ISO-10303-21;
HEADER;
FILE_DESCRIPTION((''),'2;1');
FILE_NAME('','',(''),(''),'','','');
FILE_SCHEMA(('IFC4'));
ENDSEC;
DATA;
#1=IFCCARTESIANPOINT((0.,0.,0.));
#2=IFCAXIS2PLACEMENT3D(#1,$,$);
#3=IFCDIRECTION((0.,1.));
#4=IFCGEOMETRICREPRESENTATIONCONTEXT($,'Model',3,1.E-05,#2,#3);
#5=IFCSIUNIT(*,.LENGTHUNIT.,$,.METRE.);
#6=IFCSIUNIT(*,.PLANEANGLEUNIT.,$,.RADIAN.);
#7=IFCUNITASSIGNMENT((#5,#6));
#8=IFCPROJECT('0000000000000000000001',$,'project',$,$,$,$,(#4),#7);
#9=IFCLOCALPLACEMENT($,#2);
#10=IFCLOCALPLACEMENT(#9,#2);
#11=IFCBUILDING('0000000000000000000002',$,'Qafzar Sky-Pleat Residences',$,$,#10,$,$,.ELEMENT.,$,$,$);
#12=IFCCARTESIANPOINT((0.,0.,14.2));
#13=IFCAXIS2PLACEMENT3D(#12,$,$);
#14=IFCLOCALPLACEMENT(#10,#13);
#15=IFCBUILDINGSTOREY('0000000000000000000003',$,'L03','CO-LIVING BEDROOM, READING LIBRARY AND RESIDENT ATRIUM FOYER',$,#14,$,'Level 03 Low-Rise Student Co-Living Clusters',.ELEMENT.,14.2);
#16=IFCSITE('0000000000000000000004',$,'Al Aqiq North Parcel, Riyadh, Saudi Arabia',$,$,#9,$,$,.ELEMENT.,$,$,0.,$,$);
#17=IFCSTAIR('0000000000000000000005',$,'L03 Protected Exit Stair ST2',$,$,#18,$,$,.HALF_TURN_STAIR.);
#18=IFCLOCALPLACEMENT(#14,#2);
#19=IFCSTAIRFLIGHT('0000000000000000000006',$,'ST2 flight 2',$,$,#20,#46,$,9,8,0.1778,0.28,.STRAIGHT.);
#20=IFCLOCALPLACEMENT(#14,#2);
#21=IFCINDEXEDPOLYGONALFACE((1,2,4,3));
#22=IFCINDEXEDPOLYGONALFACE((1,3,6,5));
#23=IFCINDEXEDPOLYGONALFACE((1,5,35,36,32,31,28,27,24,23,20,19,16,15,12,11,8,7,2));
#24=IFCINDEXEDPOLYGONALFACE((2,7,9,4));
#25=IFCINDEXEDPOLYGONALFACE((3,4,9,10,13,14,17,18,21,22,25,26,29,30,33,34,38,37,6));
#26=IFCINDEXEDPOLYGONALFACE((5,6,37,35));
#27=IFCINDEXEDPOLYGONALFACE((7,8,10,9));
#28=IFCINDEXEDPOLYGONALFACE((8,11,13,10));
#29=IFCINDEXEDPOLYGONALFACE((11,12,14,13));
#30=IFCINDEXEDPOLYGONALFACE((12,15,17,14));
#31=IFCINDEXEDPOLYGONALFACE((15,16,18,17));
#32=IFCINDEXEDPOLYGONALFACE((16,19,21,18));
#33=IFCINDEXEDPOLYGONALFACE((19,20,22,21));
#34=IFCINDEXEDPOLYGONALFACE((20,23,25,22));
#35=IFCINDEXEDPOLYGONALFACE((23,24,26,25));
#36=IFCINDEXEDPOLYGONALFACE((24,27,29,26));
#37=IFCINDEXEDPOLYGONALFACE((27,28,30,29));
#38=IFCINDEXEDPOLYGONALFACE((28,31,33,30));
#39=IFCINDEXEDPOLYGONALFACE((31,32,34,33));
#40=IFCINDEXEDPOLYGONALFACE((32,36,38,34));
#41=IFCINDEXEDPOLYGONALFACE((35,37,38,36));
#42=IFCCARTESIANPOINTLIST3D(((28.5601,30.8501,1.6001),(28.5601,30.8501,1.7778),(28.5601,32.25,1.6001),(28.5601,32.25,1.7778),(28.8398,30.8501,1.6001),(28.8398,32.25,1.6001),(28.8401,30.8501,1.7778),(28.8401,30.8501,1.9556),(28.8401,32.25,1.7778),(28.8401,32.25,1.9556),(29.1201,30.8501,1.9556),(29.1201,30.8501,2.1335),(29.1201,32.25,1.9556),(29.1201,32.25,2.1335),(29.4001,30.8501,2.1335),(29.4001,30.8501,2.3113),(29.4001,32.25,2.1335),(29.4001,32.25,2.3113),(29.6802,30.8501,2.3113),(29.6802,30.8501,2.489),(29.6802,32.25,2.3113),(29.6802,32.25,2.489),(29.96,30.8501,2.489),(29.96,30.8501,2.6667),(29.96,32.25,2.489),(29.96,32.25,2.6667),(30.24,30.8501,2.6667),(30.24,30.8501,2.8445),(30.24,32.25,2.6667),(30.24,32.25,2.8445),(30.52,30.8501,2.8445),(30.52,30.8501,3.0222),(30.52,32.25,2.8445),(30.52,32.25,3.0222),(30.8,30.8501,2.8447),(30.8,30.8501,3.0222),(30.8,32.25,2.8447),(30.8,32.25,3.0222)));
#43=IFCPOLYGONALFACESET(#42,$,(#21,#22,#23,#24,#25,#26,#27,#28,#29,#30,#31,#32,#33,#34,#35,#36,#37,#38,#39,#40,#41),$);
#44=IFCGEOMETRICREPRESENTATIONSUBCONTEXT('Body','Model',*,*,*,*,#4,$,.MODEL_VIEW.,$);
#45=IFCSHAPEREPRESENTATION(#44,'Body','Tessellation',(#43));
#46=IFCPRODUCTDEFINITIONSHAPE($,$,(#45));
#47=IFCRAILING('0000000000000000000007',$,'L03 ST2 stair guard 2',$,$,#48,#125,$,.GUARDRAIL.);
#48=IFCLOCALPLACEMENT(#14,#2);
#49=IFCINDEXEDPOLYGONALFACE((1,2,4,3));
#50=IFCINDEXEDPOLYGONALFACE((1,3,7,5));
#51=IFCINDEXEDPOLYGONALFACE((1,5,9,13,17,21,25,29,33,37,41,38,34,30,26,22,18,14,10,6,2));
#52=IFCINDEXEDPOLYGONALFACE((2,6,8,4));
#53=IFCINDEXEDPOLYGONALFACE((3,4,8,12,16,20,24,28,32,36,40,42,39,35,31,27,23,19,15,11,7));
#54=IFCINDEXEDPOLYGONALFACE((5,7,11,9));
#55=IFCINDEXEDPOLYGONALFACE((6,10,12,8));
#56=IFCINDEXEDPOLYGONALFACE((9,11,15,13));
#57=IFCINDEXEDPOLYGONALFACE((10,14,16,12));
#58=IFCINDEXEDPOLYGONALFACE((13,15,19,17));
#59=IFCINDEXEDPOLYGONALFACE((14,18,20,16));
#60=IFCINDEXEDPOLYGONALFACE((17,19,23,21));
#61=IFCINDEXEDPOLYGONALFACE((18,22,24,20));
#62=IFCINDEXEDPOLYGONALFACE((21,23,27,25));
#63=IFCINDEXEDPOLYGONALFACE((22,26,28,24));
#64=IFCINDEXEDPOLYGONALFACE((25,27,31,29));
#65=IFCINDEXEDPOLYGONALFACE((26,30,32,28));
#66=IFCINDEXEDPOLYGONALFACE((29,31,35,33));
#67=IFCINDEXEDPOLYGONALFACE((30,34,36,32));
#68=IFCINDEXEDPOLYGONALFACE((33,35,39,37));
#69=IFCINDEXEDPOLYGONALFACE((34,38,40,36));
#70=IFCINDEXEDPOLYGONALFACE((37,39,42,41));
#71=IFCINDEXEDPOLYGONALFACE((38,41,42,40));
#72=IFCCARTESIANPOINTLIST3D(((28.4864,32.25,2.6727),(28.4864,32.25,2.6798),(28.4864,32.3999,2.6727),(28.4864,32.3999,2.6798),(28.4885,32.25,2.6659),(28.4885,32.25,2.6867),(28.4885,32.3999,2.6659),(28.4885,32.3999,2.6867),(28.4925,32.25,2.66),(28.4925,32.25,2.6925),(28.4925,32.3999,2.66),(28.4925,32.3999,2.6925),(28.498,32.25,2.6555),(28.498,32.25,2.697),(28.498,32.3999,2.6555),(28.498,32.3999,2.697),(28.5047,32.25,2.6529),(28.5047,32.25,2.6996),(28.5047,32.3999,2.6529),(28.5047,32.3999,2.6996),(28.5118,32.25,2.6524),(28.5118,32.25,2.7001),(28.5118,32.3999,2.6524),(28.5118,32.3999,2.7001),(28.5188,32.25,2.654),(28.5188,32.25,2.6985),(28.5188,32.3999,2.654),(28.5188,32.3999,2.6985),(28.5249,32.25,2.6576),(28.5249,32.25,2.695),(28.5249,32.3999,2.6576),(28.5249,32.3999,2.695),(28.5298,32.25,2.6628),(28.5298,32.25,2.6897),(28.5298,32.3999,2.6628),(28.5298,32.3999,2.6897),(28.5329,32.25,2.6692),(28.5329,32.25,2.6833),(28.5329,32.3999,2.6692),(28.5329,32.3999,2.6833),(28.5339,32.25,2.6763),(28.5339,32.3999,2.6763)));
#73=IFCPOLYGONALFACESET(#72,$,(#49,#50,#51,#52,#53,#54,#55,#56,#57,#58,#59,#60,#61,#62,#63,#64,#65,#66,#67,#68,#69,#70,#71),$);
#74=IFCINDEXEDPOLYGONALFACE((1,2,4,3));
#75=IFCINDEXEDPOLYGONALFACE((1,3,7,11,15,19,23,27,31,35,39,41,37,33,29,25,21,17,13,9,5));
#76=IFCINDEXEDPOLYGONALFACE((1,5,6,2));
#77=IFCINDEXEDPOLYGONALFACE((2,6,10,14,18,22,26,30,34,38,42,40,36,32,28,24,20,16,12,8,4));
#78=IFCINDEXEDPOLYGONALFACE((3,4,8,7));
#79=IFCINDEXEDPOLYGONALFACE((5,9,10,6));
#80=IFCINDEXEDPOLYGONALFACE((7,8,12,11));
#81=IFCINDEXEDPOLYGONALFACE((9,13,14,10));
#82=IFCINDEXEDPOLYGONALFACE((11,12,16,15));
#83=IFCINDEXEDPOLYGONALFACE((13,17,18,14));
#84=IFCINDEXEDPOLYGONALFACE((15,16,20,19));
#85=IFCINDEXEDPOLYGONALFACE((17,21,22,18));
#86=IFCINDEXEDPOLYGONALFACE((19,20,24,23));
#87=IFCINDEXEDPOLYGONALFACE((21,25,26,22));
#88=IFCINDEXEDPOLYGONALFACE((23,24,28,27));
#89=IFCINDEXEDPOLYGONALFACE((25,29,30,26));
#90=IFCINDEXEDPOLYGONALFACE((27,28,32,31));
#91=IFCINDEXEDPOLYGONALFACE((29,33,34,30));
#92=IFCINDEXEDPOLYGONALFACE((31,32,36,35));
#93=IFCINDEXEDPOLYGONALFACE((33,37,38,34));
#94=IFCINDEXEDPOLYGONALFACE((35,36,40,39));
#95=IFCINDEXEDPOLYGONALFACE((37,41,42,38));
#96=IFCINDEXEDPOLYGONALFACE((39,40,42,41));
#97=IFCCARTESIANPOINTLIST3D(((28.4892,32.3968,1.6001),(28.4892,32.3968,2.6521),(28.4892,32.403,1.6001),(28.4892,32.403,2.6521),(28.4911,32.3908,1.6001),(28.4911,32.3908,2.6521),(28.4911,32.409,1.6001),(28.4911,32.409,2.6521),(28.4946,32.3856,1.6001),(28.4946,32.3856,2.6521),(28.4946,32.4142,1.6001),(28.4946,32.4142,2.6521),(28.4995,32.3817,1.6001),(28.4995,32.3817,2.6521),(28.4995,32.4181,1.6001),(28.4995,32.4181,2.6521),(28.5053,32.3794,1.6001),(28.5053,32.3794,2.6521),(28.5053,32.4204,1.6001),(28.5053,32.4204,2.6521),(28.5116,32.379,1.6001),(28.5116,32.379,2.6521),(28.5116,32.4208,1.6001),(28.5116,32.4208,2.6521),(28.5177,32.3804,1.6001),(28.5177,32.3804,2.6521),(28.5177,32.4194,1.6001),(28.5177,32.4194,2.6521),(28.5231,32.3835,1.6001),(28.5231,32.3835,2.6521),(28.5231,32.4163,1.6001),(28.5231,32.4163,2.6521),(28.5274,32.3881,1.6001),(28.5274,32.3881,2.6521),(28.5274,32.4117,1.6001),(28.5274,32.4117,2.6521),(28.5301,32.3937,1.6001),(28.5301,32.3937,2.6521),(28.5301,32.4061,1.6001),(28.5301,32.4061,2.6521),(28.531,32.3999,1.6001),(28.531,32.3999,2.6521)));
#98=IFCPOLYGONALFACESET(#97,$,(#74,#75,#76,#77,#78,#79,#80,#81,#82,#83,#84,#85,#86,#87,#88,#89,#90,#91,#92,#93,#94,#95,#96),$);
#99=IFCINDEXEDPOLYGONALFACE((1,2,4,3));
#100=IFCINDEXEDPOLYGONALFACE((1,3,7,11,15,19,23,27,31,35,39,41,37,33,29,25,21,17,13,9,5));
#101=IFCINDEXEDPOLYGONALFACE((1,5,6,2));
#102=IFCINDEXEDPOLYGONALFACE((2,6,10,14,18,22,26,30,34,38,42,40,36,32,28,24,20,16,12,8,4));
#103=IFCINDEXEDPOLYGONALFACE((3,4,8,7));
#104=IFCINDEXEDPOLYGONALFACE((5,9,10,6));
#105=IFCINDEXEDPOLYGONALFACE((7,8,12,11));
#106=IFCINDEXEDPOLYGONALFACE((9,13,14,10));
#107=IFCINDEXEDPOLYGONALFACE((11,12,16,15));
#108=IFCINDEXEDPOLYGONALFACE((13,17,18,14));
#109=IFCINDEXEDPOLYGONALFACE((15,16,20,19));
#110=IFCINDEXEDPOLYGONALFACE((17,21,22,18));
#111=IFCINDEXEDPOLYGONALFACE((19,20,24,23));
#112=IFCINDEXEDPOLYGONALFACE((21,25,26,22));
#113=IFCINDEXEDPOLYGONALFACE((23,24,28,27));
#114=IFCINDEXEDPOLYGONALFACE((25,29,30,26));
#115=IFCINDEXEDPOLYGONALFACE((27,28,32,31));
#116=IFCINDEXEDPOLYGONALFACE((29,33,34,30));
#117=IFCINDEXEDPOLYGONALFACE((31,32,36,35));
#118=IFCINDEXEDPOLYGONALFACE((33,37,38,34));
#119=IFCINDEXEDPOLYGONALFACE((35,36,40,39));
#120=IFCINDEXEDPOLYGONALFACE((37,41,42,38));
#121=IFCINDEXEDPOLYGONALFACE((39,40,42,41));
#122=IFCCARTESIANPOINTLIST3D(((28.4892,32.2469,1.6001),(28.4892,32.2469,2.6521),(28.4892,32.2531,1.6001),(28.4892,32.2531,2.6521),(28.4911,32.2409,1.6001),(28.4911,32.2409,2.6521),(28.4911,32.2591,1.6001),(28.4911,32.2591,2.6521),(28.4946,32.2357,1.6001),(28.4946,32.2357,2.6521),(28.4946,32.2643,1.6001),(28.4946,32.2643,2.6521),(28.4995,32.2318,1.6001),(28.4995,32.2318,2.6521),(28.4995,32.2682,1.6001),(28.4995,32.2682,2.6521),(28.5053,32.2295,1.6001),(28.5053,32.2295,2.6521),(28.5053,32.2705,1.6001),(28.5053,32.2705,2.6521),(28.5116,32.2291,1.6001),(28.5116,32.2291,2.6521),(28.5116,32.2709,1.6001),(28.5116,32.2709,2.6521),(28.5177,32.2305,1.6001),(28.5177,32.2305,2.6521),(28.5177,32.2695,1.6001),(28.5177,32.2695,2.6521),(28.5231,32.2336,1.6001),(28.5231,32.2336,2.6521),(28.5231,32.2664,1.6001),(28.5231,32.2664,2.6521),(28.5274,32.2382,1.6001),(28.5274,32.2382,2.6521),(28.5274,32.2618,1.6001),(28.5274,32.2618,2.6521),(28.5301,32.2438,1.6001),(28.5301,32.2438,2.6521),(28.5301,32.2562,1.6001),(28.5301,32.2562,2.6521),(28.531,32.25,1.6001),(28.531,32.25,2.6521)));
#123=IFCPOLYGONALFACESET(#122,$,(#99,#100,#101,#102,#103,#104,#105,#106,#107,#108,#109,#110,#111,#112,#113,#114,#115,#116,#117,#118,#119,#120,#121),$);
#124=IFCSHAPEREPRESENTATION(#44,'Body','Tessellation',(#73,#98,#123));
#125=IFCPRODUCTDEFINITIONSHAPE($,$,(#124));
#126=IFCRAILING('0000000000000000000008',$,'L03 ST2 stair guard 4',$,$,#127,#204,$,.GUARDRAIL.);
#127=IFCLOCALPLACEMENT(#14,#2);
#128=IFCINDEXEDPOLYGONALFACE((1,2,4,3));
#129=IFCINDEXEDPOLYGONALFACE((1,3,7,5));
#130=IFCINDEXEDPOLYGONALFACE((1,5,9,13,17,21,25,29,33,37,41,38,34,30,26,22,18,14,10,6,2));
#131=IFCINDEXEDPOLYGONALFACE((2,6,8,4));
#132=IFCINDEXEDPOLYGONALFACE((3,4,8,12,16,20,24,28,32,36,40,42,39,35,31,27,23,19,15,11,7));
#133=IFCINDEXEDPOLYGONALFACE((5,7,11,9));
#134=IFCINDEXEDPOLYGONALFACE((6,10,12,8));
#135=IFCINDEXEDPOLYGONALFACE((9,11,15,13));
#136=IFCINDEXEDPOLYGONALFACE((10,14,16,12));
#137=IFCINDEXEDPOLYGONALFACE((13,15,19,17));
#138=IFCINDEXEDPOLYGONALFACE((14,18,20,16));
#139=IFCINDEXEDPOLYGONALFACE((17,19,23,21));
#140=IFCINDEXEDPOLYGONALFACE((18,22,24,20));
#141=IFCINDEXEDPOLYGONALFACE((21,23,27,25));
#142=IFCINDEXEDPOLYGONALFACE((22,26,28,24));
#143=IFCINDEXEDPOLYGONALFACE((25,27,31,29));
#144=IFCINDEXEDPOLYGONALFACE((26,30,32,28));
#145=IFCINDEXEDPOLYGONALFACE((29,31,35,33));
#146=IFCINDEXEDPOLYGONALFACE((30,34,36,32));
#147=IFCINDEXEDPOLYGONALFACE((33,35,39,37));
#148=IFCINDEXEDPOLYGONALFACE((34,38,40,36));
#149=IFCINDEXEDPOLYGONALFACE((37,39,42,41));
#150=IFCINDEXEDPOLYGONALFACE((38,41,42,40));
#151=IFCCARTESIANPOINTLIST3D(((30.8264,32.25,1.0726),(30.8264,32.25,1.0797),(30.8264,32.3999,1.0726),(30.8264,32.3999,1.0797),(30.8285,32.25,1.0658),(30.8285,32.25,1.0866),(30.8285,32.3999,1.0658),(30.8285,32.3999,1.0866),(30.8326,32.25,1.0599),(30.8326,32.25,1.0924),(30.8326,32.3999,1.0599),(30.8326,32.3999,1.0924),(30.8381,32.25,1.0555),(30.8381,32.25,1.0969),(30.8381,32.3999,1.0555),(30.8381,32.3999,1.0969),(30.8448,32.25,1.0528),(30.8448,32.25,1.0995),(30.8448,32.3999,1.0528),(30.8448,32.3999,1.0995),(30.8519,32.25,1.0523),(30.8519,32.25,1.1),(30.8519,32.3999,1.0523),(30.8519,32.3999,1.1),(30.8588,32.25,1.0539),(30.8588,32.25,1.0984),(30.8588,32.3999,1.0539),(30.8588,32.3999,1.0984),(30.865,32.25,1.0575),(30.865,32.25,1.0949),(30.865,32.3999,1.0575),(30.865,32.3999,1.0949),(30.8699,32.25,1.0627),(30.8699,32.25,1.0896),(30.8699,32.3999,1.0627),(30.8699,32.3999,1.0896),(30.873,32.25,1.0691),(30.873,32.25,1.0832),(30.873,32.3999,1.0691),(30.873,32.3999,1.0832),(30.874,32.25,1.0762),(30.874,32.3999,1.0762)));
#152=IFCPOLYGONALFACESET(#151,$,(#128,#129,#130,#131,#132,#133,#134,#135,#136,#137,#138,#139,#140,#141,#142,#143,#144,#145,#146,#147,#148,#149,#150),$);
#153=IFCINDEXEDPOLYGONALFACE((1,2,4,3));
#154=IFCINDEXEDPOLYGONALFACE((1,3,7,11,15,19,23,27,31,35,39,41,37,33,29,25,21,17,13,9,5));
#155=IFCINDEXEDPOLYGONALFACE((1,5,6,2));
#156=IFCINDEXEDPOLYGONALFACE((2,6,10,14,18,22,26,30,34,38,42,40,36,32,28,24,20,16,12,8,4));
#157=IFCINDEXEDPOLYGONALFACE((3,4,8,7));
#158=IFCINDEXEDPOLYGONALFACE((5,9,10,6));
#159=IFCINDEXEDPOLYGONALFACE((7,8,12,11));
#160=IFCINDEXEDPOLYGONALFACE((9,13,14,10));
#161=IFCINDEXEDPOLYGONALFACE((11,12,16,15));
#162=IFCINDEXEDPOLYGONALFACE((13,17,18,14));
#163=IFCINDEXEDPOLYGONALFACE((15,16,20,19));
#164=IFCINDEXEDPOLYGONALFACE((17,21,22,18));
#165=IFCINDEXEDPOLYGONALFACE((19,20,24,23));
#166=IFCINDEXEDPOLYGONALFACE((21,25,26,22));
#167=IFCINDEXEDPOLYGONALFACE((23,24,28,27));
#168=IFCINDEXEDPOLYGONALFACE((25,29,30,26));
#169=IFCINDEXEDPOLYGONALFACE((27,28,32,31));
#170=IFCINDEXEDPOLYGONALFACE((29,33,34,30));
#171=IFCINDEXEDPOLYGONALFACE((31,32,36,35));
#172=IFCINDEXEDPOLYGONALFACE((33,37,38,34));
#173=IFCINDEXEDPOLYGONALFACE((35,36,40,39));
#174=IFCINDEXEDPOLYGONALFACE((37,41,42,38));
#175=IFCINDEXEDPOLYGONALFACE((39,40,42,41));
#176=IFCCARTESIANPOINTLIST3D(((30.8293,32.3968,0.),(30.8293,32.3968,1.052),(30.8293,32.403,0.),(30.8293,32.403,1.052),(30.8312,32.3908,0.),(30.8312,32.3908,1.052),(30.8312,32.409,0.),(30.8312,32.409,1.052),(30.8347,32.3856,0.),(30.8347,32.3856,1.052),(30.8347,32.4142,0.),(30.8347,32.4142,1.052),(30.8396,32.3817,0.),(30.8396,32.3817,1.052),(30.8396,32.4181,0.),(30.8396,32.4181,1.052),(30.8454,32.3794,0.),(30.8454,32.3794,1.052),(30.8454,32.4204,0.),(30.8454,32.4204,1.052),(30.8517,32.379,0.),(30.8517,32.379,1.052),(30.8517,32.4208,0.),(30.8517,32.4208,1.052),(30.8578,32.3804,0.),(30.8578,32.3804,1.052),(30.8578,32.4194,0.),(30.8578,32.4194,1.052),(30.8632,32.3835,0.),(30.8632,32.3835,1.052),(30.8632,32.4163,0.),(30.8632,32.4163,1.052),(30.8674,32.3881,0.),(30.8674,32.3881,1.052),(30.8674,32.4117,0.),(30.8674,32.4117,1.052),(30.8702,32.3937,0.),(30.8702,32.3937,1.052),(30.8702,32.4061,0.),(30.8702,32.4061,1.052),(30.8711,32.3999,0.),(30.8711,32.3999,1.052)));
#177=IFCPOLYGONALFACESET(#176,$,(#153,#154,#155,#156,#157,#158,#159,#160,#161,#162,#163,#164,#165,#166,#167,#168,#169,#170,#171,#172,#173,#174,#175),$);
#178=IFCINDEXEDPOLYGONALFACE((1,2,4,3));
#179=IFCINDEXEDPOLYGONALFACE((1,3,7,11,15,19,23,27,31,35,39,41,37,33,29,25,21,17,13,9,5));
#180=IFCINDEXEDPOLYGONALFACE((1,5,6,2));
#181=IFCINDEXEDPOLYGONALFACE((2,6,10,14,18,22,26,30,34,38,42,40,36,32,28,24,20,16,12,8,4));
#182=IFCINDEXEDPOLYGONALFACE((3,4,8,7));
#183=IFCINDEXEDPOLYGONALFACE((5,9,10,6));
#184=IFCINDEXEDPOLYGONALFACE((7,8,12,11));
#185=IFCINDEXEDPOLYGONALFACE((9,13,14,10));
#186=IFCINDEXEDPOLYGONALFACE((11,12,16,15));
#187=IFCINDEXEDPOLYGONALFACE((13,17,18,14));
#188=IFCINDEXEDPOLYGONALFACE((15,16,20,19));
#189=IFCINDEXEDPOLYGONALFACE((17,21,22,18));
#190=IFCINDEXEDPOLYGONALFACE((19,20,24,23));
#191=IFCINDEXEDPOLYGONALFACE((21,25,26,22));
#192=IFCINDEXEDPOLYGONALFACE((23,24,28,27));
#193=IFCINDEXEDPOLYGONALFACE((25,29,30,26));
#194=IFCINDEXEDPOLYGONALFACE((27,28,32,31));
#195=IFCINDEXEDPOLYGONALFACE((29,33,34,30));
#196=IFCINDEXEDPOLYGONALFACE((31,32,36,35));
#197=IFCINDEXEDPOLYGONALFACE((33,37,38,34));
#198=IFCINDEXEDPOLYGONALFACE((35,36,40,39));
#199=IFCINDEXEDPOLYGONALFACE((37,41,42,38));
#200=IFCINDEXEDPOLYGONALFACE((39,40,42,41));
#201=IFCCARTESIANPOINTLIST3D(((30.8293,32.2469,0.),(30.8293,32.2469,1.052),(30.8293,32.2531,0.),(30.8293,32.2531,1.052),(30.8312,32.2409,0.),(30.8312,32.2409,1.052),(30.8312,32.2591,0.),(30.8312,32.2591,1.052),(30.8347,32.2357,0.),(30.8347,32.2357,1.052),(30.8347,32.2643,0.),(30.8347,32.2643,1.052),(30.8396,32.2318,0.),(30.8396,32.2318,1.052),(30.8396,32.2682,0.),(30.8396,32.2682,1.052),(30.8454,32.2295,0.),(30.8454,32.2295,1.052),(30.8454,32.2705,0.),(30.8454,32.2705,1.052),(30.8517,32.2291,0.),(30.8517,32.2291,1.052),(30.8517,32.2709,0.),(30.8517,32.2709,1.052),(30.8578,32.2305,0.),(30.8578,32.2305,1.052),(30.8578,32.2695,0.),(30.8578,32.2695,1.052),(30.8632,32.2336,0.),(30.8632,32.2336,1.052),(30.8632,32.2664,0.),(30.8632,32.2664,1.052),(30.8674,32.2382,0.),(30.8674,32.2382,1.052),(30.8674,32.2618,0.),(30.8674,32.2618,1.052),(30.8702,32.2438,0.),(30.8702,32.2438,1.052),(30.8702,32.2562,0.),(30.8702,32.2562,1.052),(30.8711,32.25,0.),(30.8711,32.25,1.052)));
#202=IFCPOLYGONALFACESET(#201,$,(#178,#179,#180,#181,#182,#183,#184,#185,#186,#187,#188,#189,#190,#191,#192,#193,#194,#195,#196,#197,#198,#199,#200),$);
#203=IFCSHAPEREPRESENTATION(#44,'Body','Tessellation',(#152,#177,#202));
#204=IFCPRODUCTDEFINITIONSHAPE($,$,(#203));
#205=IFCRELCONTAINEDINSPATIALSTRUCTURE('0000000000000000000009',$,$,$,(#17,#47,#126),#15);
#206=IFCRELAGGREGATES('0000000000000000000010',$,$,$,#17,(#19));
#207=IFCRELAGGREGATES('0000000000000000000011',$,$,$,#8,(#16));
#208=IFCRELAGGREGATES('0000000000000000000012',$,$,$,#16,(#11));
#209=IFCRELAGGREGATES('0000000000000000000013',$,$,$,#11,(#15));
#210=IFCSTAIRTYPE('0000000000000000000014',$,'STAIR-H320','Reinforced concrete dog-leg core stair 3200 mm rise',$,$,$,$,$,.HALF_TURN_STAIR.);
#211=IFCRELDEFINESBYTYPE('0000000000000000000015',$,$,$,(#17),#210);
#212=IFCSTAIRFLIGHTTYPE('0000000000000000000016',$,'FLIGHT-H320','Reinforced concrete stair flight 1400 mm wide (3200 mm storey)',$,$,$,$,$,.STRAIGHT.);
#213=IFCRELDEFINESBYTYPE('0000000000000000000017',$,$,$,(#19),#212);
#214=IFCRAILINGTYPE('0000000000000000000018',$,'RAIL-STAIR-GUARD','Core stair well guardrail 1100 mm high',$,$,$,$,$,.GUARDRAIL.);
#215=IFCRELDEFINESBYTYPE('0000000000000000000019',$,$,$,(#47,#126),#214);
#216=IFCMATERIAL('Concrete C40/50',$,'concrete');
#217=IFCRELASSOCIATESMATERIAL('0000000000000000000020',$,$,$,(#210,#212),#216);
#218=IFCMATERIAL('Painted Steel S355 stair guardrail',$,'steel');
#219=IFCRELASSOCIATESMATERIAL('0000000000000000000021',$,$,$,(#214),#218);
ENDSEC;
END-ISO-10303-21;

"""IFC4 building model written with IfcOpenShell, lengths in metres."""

from ifc_helpers import new_model, si_unit, direction, frame, origin, origin_2d, place, context, subcontext, project, spatial, polyline, circle, outline, extrude, source, transform, mapped, material, type_object, element, aggregate, save


model = new_model("IFC4")

# Units and contexts
model_context = context("Model", 3, precision=1e-05, world=origin(), true_north=direction((0.0, 1.0)))
body_context = subcontext(model_context, "Body", "Model", "MODEL_VIEW")
ifc_project = project(units=[si_unit("LENGTHUNIT", "METRE"), si_unit("PLANEANGLEUNIT", "RADIAN")], contexts=[model_context])

# Site, building, storey
site_placement = place(None, origin())
site = spatial("IfcSite", under=ifc_project, at=site_placement, Name="Al Aqiq North Parcel, Riyadh, Saudi Arabia", CompositionType="ELEMENT", RefElevation=0.0)
building_placement = place(site_placement, origin())
building = spatial("IfcBuilding", under=site, at=building_placement, Name="Qafzar Sky-Pleat Residences", CompositionType="ELEMENT")
storey_placement = place(building_placement, frame((0.0, 0.0, 14.2)))
storey = spatial("IfcBuildingStorey", under=building, at=storey_placement, Name="L03", Description="CO-LIVING BEDROOM, READING LIBRARY AND RESIDENT ATRIUM FOYER", LongName="Level 03 Low-Rise Student Co-Living Clusters", CompositionType="ELEMENT", Elevation=14.2)

# Stair, stair flight
ifc_material_1 = material(Name="Concrete C40/50", Category="concrete")
stair_type = type_object("IfcStairType", Name="STAIR-H320", Description="Reinforced concrete dog-leg core stair 3200 mm rise", PredefinedType="HALF_TURN_STAIR", material=ifc_material_1)
stair_placement = place(storey_placement, origin())
stair = element("IfcStair", 1, at=stair_placement, inside=storey, type_object=stair_type, Name="L03 Protected Exit Stair ST2", PredefinedType="HALF_TURN_STAIR")
stair_flight_type = type_object("IfcStairFlightType", Name="FLIGHT-H320", Description="Reinforced concrete stair flight 1400 mm wide (3200 mm storey)", PredefinedType="STRAIGHT", material=ifc_material_1)
shared_shape_1 = source(origin(), body_context, "Body", "SweptSolid", [
    extrude(outline(polyline([(0.0, 0.0), (0.0, 0.1777), (0.28, 0.1777), (0.28, 0.3555), (0.5601, 0.3555), (0.5601, 0.5334), (0.8401, 0.5334), (0.8401, 0.7112), (1.1201, 0.7112), (1.1201, 0.8889), (1.3999, 0.8889), (1.3999, 1.0667), (1.6799, 1.0667), (1.6799, 1.2444), (1.96, 1.2444), (1.96, 1.4221), (2.24, 1.4221), (2.24, 1.6001), (2.24, 1.2446), (0.2798, 0.0), (0.0, 0.0)])), frame((0.0, 0.7, 0.0), z_axis=(0.0, -1.0, 0.0), x_axis=(1.0, 0.0, 0.0)), (0.0, 0.0, 1.0), 1.3999),
])
stair_flight_1_placement = place(storey_placement, frame((28.5601, 31.55, 1.6001), z_axis=(0.0, 0.0, 1.0), x_axis=(1.0, 0.0, 0.0)))
stair_flight_1 = element("IfcStairFlight", 2, at=stair_flight_1_placement, type_object=stair_flight_type, Name="ST2 flight 2", NumberOfRisers=9, NumberOfTreads=8, PredefinedType="STRAIGHT", RiserHeight=0.1778, TreadLength=0.28, context=body_context, shape_type="MappedRepresentation", body=[
    mapped(shared_shape_1, transform((0.0, 0.0, 0.0), x_axis=(1.0, 0.0, 0.0), y_axis=(0.0, 1.0, 0.0), z_axis=(0.0, 0.0, 1.0), scale=1.0)),
])
aggregate(stair, [stair_flight_1])

# Railings
ifc_material_2 = material(Name="Painted Steel S355 stair guardrail", Category="steel")
railing_type_1 = type_object("IfcRailingType", Name="RAIL-STAIR-GUARD", Description="Core stair well guardrail 1100 mm high", PredefinedType="GUARDRAIL", material=ifc_material_2)
shared_shape_2 = source(origin(), body_context, "Body", "SweptSolid", [
    extrude(circle(Radius=0.0239, at=origin_2d()), frame((0.0, 0.0, 1.0762), z_axis=(0.0, -1.0, 0.0), x_axis=(1.0, 0.0, 0.0)), (0.0, 0.0, 1.0), 0.1499),
    extrude(circle(Radius=0.021, at=origin_2d()), origin(), (0.0, 0.0, 1.0), 1.052),
    extrude(circle(Radius=0.021, at=origin_2d()), frame((0.0, -0.1499, 0.0)), (0.0, 0.0, 1.0), 1.052),
])
for number, where, name in (
    (3, (28.51, 32.3999, 1.6001), "L03 ST2 stair guard 2"),
    (4, (30.8501, 32.3999, 0.0), "L03 ST2 stair guard 4"),
):
    element("IfcRailing", number, at=place(storey_placement, frame(where)), inside=storey, type_object=railing_type_1, Name=name, PredefinedType="GUARDRAIL", context=body_context, shape_type="MappedRepresentation", body=[
        mapped(shared_shape_2, transform((0.0, 0.0, 0.0), x_axis=(1.0, 0.0, 0.0), y_axis=(0.0, 1.0, 0.0), z_axis=(0.0, 0.0, 1.0), scale=1.0)),
    ])

save(model, "model.ifc")
